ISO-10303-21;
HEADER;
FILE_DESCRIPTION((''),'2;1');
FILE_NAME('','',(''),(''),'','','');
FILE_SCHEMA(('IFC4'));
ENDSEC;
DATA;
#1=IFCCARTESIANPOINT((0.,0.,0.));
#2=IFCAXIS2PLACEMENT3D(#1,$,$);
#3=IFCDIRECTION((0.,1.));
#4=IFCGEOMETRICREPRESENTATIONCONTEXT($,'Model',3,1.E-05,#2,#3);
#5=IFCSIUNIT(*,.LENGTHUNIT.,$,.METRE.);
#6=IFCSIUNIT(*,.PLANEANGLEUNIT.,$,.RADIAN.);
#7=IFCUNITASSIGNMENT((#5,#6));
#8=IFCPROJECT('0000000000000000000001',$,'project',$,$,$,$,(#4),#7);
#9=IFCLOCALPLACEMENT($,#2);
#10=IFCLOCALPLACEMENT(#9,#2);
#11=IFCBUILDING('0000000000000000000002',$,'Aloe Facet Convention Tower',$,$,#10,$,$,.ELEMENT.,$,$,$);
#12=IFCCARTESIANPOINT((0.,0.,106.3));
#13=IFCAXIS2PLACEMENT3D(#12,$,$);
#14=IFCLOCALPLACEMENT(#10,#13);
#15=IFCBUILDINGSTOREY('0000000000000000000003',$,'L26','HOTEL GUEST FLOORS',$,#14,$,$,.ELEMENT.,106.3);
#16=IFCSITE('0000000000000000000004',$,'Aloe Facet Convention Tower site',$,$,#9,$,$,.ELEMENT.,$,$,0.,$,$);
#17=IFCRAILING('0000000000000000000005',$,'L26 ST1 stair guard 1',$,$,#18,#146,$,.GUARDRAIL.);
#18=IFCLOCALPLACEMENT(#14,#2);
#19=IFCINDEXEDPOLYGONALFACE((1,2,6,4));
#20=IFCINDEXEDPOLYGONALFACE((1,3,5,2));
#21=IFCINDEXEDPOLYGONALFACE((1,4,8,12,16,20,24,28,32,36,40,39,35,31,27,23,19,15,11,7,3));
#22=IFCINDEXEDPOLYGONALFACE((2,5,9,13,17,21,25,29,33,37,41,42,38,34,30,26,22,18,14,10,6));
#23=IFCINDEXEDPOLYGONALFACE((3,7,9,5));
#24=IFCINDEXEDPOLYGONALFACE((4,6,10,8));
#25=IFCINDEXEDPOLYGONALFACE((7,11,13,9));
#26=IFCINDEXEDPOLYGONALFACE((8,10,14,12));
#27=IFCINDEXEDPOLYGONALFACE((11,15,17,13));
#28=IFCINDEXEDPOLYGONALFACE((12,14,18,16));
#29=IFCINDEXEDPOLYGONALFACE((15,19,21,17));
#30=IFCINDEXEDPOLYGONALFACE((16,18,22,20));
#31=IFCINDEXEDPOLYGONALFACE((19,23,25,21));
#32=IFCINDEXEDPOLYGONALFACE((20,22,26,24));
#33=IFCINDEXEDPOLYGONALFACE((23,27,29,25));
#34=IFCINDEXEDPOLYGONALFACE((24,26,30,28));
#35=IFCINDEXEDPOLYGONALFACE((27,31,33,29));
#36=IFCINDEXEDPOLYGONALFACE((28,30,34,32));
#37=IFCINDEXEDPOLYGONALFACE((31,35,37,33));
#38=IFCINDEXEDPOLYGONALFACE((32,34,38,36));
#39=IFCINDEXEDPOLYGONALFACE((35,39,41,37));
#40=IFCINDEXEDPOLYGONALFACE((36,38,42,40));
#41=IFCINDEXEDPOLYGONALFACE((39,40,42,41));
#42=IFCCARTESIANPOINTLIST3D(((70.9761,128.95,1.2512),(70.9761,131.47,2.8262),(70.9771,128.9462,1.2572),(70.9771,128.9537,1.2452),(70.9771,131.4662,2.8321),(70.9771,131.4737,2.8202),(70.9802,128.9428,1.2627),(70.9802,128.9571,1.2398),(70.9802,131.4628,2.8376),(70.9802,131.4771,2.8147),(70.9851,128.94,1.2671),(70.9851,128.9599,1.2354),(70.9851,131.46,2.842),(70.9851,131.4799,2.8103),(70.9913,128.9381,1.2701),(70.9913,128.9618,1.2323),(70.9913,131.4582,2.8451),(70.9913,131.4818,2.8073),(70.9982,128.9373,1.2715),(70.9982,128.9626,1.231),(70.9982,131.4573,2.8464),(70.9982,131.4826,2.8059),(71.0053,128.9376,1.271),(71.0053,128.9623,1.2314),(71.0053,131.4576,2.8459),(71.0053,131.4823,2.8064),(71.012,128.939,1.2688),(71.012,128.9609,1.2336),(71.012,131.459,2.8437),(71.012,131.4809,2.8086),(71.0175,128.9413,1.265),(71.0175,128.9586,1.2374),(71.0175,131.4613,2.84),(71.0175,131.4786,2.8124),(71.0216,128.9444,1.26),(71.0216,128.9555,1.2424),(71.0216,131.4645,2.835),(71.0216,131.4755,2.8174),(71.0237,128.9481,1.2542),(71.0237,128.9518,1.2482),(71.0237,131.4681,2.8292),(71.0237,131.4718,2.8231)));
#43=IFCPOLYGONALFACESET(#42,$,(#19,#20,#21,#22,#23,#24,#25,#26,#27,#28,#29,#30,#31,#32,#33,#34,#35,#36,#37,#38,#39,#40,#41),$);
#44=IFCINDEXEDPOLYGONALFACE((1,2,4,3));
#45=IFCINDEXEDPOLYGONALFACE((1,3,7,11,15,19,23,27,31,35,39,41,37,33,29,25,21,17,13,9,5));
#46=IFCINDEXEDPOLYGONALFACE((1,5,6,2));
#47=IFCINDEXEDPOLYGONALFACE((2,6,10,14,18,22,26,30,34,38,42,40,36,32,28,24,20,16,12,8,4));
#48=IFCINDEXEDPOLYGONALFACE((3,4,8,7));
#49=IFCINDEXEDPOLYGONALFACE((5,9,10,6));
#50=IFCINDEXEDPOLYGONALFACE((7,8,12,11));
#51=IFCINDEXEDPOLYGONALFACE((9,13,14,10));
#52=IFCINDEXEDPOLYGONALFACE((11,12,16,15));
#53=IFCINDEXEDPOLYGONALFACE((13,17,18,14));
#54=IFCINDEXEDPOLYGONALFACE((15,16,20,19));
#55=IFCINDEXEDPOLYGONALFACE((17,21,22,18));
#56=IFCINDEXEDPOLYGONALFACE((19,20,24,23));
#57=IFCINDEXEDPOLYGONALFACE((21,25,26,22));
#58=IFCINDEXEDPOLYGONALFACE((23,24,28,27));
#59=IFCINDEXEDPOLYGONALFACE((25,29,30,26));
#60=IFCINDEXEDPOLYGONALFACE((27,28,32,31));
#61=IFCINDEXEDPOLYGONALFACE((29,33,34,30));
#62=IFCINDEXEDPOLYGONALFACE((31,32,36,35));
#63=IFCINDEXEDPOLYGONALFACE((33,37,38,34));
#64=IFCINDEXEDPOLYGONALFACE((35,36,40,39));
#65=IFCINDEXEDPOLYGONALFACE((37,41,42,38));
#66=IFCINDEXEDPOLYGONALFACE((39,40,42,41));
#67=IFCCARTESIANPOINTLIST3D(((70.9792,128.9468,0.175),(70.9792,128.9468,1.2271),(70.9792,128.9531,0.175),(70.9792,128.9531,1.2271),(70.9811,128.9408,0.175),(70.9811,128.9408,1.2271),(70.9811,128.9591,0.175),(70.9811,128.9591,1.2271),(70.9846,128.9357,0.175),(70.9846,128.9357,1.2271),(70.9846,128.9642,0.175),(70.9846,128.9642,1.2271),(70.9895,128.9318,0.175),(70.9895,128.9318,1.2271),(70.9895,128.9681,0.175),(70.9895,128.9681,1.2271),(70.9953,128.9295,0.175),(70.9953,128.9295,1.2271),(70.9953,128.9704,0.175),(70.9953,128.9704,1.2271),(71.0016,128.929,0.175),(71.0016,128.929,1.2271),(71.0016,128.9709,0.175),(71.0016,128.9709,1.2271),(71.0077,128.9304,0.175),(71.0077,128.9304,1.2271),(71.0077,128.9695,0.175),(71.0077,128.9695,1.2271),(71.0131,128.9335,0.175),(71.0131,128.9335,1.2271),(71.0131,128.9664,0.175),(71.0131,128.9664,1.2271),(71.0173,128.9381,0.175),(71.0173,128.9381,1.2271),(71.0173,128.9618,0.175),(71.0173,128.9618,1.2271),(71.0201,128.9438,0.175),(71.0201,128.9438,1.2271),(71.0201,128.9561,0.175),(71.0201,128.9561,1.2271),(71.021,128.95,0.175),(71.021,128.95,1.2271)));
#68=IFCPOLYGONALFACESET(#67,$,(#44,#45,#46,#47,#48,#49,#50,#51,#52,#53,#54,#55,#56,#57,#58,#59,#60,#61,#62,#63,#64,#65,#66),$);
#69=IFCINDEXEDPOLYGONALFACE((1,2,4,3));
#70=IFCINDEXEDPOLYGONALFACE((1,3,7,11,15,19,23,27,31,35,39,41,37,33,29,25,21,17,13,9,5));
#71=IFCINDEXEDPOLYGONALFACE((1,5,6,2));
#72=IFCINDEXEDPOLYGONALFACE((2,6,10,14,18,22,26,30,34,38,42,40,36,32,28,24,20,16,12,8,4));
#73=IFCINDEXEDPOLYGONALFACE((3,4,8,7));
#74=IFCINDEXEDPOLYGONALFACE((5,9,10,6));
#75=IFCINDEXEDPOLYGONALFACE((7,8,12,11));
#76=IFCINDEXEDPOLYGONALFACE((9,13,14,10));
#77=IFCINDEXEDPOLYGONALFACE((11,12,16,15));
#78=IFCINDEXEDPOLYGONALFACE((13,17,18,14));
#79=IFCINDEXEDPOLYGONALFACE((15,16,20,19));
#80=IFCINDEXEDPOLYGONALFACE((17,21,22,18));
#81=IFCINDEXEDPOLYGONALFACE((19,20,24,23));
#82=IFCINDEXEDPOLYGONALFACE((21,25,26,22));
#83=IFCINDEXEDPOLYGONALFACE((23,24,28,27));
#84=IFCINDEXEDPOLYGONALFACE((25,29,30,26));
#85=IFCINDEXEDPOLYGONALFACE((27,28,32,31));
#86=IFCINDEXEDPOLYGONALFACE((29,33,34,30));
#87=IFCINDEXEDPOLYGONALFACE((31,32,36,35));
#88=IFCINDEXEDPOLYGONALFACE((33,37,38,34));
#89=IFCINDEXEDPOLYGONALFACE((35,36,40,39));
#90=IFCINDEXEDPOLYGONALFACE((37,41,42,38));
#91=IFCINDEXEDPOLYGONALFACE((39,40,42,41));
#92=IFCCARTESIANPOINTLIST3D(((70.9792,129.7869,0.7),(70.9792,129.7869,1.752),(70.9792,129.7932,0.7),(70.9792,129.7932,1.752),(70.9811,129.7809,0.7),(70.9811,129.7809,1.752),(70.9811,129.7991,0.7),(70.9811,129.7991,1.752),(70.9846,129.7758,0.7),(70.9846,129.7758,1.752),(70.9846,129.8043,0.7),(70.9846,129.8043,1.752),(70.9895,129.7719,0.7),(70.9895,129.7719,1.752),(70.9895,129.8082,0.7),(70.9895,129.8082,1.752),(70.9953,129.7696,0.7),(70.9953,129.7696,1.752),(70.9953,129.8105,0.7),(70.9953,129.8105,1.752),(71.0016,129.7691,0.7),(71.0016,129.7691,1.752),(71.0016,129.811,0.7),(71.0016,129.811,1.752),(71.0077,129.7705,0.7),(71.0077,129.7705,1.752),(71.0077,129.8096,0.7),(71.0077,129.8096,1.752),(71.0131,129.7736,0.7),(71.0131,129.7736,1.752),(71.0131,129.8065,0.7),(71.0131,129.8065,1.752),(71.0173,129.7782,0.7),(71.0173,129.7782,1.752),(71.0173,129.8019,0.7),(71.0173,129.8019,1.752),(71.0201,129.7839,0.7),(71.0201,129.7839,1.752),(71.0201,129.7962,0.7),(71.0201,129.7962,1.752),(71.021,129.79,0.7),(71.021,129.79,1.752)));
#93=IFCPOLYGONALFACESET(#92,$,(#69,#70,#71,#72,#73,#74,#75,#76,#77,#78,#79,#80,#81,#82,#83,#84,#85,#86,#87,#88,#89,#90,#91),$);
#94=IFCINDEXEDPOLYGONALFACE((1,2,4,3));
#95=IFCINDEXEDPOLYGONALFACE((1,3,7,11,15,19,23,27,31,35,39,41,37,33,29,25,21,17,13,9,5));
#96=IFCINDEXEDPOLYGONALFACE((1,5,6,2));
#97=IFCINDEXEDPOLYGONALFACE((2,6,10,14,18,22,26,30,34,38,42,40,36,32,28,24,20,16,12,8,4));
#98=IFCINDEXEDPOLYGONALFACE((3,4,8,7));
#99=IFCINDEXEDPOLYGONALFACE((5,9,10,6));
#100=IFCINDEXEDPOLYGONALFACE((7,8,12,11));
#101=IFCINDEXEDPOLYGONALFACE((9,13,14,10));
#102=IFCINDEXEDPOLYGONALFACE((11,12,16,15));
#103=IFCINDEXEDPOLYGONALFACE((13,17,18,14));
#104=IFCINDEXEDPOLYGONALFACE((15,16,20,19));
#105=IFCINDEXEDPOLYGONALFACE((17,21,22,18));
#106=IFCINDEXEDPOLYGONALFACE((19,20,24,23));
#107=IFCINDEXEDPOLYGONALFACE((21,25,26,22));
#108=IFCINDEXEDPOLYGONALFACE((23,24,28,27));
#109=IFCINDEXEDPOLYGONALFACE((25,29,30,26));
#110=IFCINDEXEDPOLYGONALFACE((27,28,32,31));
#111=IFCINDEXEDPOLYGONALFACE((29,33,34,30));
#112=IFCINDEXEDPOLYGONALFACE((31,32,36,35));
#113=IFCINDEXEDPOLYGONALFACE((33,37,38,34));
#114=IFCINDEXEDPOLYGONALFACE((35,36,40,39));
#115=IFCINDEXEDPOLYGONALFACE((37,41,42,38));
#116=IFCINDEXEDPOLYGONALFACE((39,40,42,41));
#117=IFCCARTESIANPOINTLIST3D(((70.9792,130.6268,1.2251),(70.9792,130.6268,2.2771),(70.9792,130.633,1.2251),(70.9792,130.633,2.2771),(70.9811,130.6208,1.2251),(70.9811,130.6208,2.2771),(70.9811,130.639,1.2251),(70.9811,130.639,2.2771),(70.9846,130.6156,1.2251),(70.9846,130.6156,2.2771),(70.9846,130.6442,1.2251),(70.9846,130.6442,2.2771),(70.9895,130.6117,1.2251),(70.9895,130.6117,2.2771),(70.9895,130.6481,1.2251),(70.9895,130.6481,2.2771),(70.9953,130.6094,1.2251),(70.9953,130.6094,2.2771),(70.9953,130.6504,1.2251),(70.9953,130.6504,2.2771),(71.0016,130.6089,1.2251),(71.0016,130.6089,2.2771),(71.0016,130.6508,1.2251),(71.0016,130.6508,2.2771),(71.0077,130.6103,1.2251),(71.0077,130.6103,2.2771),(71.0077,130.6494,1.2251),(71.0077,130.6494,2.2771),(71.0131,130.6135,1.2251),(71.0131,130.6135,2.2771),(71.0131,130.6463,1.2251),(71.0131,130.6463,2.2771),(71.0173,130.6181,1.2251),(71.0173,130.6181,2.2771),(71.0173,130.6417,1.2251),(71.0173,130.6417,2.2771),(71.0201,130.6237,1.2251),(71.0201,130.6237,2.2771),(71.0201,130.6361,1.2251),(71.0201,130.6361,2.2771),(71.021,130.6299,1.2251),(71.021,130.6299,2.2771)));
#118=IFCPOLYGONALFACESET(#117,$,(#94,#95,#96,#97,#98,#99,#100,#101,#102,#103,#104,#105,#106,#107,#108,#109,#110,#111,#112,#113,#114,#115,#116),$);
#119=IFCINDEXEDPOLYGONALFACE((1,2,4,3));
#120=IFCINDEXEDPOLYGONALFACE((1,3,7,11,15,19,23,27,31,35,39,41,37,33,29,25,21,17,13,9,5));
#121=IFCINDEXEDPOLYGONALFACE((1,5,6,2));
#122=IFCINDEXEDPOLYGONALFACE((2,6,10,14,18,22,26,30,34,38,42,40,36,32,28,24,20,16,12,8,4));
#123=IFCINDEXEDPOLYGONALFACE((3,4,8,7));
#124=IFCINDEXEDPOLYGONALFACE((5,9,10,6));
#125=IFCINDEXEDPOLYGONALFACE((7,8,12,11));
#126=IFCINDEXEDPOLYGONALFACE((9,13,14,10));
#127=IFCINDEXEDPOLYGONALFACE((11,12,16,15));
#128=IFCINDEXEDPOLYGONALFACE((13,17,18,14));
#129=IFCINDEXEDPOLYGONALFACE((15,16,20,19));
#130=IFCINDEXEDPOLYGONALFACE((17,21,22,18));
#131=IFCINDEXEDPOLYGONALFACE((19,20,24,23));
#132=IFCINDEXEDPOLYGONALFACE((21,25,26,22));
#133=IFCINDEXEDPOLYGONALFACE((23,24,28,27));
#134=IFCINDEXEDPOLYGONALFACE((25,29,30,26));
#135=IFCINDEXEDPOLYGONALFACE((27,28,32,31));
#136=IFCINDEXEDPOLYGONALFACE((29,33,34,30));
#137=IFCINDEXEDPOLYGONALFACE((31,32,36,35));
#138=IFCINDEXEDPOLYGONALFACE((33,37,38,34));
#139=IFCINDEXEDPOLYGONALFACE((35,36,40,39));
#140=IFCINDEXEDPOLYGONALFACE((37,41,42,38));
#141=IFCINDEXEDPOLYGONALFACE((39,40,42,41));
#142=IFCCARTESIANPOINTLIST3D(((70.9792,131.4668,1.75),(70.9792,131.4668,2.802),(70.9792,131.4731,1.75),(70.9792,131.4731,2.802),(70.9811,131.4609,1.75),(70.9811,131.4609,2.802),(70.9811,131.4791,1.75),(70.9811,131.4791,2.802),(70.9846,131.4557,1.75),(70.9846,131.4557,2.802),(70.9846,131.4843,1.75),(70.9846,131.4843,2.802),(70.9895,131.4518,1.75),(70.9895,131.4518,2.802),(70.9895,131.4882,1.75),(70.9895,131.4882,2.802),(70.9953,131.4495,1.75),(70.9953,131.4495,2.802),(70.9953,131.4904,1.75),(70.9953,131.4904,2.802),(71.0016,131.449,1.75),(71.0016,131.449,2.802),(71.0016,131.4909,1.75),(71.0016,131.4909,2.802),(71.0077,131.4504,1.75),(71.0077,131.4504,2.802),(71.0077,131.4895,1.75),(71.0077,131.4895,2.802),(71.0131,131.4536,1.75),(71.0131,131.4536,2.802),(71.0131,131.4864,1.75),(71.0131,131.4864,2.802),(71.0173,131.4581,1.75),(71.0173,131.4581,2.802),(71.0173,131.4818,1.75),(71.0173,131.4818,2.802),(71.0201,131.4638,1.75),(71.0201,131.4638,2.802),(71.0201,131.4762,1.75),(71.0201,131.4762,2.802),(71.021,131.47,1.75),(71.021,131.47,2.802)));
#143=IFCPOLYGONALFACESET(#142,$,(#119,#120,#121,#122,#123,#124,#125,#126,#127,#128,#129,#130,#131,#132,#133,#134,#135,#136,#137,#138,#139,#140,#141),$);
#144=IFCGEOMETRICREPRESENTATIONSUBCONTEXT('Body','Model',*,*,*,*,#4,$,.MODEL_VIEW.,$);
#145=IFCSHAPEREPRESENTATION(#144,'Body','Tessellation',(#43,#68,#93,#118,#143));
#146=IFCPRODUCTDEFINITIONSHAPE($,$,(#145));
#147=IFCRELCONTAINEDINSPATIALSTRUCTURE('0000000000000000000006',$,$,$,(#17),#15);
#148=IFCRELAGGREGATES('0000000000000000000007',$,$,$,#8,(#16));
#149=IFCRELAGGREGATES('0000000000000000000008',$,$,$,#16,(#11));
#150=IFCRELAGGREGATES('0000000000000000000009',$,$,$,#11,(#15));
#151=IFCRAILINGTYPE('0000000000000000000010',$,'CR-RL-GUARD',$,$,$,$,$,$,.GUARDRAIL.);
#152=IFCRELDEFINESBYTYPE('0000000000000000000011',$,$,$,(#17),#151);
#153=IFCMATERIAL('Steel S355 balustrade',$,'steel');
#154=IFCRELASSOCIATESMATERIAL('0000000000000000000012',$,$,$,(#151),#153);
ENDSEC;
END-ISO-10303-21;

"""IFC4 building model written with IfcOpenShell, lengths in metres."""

from ifc_helpers import new_model, si_unit, direction, frame, origin, origin_2d, place, context, subcontext, project, spatial, circle, extrude, material, type_object, element, save


model = new_model("IFC4")

# Units and contexts
model_context = context("Model", 3, precision=1e-05, world=origin(), true_north=direction((0.0, 1.0)))
body_context = subcontext(model_context, "Body", "Model", "MODEL_VIEW")
ifc_project = project(units=[si_unit("LENGTHUNIT", "METRE"), si_unit("PLANEANGLEUNIT", "RADIAN")], contexts=[model_context])

# Site, building, storey
site_placement = place(None, origin())
site = spatial("IfcSite", under=ifc_project, at=site_placement, Name="Aloe Facet Convention Tower site", CompositionType="ELEMENT", RefElevation=0.0)
building_placement = place(site_placement, origin())
building = spatial("IfcBuilding", under=site, at=building_placement, Name="Aloe Facet Convention Tower", CompositionType="ELEMENT")
storey_placement = place(building_placement, frame((0.0, 0.0, 106.3)))
storey = spatial("IfcBuildingStorey", under=building, at=storey_placement, Name="L26", Description="HOTEL GUEST FLOORS", CompositionType="ELEMENT", Elevation=106.3)

# Railing
ifc_material_1 = material(Name="Steel S355 balustrade", Category="steel")
railing_type_1 = type_object("IfcRailingType", Name="CR-RL-GUARD", PredefinedType="GUARDRAIL", material=ifc_material_1)
railing_1_placement = place(storey_placement, frame((71.0, 128.95, 0.175)))
element("IfcRailing", 1, at=railing_1_placement, inside=storey, type_object=railing_type_1, Name="L26 ST1 stair guard 1", PredefinedType="GUARDRAIL", context=body_context, shape_type="SweptSolid", body=[
    extrude(circle(Radius=0.0239, at=origin_2d()), frame((0.0, 0.0, 1.0762), z_axis=(0.0, 0.848008, 0.529984), x_axis=(-1.0, 0.0, 0.0)), (0.0, 0.0, 1.0), 2.9717),
    extrude(circle(Radius=0.021, at=origin_2d()), origin(), (0.0, 0.0, 1.0), 1.052),
    extrude(circle(Radius=0.021, at=origin_2d()), frame((0.0, 0.8401, 0.5249)), (0.0, 0.0, 1.0), 1.052),
    extrude(circle(Radius=0.021, at=origin_2d()), frame((0.0, 1.6799, 1.05)), (0.0, 0.0, 1.0), 1.052),
    extrude(circle(Radius=0.021, at=origin_2d()), frame((0.0, 2.52, 1.575)), (0.0, 0.0, 1.0), 1.052),
])

save(model, "model.ifc")
